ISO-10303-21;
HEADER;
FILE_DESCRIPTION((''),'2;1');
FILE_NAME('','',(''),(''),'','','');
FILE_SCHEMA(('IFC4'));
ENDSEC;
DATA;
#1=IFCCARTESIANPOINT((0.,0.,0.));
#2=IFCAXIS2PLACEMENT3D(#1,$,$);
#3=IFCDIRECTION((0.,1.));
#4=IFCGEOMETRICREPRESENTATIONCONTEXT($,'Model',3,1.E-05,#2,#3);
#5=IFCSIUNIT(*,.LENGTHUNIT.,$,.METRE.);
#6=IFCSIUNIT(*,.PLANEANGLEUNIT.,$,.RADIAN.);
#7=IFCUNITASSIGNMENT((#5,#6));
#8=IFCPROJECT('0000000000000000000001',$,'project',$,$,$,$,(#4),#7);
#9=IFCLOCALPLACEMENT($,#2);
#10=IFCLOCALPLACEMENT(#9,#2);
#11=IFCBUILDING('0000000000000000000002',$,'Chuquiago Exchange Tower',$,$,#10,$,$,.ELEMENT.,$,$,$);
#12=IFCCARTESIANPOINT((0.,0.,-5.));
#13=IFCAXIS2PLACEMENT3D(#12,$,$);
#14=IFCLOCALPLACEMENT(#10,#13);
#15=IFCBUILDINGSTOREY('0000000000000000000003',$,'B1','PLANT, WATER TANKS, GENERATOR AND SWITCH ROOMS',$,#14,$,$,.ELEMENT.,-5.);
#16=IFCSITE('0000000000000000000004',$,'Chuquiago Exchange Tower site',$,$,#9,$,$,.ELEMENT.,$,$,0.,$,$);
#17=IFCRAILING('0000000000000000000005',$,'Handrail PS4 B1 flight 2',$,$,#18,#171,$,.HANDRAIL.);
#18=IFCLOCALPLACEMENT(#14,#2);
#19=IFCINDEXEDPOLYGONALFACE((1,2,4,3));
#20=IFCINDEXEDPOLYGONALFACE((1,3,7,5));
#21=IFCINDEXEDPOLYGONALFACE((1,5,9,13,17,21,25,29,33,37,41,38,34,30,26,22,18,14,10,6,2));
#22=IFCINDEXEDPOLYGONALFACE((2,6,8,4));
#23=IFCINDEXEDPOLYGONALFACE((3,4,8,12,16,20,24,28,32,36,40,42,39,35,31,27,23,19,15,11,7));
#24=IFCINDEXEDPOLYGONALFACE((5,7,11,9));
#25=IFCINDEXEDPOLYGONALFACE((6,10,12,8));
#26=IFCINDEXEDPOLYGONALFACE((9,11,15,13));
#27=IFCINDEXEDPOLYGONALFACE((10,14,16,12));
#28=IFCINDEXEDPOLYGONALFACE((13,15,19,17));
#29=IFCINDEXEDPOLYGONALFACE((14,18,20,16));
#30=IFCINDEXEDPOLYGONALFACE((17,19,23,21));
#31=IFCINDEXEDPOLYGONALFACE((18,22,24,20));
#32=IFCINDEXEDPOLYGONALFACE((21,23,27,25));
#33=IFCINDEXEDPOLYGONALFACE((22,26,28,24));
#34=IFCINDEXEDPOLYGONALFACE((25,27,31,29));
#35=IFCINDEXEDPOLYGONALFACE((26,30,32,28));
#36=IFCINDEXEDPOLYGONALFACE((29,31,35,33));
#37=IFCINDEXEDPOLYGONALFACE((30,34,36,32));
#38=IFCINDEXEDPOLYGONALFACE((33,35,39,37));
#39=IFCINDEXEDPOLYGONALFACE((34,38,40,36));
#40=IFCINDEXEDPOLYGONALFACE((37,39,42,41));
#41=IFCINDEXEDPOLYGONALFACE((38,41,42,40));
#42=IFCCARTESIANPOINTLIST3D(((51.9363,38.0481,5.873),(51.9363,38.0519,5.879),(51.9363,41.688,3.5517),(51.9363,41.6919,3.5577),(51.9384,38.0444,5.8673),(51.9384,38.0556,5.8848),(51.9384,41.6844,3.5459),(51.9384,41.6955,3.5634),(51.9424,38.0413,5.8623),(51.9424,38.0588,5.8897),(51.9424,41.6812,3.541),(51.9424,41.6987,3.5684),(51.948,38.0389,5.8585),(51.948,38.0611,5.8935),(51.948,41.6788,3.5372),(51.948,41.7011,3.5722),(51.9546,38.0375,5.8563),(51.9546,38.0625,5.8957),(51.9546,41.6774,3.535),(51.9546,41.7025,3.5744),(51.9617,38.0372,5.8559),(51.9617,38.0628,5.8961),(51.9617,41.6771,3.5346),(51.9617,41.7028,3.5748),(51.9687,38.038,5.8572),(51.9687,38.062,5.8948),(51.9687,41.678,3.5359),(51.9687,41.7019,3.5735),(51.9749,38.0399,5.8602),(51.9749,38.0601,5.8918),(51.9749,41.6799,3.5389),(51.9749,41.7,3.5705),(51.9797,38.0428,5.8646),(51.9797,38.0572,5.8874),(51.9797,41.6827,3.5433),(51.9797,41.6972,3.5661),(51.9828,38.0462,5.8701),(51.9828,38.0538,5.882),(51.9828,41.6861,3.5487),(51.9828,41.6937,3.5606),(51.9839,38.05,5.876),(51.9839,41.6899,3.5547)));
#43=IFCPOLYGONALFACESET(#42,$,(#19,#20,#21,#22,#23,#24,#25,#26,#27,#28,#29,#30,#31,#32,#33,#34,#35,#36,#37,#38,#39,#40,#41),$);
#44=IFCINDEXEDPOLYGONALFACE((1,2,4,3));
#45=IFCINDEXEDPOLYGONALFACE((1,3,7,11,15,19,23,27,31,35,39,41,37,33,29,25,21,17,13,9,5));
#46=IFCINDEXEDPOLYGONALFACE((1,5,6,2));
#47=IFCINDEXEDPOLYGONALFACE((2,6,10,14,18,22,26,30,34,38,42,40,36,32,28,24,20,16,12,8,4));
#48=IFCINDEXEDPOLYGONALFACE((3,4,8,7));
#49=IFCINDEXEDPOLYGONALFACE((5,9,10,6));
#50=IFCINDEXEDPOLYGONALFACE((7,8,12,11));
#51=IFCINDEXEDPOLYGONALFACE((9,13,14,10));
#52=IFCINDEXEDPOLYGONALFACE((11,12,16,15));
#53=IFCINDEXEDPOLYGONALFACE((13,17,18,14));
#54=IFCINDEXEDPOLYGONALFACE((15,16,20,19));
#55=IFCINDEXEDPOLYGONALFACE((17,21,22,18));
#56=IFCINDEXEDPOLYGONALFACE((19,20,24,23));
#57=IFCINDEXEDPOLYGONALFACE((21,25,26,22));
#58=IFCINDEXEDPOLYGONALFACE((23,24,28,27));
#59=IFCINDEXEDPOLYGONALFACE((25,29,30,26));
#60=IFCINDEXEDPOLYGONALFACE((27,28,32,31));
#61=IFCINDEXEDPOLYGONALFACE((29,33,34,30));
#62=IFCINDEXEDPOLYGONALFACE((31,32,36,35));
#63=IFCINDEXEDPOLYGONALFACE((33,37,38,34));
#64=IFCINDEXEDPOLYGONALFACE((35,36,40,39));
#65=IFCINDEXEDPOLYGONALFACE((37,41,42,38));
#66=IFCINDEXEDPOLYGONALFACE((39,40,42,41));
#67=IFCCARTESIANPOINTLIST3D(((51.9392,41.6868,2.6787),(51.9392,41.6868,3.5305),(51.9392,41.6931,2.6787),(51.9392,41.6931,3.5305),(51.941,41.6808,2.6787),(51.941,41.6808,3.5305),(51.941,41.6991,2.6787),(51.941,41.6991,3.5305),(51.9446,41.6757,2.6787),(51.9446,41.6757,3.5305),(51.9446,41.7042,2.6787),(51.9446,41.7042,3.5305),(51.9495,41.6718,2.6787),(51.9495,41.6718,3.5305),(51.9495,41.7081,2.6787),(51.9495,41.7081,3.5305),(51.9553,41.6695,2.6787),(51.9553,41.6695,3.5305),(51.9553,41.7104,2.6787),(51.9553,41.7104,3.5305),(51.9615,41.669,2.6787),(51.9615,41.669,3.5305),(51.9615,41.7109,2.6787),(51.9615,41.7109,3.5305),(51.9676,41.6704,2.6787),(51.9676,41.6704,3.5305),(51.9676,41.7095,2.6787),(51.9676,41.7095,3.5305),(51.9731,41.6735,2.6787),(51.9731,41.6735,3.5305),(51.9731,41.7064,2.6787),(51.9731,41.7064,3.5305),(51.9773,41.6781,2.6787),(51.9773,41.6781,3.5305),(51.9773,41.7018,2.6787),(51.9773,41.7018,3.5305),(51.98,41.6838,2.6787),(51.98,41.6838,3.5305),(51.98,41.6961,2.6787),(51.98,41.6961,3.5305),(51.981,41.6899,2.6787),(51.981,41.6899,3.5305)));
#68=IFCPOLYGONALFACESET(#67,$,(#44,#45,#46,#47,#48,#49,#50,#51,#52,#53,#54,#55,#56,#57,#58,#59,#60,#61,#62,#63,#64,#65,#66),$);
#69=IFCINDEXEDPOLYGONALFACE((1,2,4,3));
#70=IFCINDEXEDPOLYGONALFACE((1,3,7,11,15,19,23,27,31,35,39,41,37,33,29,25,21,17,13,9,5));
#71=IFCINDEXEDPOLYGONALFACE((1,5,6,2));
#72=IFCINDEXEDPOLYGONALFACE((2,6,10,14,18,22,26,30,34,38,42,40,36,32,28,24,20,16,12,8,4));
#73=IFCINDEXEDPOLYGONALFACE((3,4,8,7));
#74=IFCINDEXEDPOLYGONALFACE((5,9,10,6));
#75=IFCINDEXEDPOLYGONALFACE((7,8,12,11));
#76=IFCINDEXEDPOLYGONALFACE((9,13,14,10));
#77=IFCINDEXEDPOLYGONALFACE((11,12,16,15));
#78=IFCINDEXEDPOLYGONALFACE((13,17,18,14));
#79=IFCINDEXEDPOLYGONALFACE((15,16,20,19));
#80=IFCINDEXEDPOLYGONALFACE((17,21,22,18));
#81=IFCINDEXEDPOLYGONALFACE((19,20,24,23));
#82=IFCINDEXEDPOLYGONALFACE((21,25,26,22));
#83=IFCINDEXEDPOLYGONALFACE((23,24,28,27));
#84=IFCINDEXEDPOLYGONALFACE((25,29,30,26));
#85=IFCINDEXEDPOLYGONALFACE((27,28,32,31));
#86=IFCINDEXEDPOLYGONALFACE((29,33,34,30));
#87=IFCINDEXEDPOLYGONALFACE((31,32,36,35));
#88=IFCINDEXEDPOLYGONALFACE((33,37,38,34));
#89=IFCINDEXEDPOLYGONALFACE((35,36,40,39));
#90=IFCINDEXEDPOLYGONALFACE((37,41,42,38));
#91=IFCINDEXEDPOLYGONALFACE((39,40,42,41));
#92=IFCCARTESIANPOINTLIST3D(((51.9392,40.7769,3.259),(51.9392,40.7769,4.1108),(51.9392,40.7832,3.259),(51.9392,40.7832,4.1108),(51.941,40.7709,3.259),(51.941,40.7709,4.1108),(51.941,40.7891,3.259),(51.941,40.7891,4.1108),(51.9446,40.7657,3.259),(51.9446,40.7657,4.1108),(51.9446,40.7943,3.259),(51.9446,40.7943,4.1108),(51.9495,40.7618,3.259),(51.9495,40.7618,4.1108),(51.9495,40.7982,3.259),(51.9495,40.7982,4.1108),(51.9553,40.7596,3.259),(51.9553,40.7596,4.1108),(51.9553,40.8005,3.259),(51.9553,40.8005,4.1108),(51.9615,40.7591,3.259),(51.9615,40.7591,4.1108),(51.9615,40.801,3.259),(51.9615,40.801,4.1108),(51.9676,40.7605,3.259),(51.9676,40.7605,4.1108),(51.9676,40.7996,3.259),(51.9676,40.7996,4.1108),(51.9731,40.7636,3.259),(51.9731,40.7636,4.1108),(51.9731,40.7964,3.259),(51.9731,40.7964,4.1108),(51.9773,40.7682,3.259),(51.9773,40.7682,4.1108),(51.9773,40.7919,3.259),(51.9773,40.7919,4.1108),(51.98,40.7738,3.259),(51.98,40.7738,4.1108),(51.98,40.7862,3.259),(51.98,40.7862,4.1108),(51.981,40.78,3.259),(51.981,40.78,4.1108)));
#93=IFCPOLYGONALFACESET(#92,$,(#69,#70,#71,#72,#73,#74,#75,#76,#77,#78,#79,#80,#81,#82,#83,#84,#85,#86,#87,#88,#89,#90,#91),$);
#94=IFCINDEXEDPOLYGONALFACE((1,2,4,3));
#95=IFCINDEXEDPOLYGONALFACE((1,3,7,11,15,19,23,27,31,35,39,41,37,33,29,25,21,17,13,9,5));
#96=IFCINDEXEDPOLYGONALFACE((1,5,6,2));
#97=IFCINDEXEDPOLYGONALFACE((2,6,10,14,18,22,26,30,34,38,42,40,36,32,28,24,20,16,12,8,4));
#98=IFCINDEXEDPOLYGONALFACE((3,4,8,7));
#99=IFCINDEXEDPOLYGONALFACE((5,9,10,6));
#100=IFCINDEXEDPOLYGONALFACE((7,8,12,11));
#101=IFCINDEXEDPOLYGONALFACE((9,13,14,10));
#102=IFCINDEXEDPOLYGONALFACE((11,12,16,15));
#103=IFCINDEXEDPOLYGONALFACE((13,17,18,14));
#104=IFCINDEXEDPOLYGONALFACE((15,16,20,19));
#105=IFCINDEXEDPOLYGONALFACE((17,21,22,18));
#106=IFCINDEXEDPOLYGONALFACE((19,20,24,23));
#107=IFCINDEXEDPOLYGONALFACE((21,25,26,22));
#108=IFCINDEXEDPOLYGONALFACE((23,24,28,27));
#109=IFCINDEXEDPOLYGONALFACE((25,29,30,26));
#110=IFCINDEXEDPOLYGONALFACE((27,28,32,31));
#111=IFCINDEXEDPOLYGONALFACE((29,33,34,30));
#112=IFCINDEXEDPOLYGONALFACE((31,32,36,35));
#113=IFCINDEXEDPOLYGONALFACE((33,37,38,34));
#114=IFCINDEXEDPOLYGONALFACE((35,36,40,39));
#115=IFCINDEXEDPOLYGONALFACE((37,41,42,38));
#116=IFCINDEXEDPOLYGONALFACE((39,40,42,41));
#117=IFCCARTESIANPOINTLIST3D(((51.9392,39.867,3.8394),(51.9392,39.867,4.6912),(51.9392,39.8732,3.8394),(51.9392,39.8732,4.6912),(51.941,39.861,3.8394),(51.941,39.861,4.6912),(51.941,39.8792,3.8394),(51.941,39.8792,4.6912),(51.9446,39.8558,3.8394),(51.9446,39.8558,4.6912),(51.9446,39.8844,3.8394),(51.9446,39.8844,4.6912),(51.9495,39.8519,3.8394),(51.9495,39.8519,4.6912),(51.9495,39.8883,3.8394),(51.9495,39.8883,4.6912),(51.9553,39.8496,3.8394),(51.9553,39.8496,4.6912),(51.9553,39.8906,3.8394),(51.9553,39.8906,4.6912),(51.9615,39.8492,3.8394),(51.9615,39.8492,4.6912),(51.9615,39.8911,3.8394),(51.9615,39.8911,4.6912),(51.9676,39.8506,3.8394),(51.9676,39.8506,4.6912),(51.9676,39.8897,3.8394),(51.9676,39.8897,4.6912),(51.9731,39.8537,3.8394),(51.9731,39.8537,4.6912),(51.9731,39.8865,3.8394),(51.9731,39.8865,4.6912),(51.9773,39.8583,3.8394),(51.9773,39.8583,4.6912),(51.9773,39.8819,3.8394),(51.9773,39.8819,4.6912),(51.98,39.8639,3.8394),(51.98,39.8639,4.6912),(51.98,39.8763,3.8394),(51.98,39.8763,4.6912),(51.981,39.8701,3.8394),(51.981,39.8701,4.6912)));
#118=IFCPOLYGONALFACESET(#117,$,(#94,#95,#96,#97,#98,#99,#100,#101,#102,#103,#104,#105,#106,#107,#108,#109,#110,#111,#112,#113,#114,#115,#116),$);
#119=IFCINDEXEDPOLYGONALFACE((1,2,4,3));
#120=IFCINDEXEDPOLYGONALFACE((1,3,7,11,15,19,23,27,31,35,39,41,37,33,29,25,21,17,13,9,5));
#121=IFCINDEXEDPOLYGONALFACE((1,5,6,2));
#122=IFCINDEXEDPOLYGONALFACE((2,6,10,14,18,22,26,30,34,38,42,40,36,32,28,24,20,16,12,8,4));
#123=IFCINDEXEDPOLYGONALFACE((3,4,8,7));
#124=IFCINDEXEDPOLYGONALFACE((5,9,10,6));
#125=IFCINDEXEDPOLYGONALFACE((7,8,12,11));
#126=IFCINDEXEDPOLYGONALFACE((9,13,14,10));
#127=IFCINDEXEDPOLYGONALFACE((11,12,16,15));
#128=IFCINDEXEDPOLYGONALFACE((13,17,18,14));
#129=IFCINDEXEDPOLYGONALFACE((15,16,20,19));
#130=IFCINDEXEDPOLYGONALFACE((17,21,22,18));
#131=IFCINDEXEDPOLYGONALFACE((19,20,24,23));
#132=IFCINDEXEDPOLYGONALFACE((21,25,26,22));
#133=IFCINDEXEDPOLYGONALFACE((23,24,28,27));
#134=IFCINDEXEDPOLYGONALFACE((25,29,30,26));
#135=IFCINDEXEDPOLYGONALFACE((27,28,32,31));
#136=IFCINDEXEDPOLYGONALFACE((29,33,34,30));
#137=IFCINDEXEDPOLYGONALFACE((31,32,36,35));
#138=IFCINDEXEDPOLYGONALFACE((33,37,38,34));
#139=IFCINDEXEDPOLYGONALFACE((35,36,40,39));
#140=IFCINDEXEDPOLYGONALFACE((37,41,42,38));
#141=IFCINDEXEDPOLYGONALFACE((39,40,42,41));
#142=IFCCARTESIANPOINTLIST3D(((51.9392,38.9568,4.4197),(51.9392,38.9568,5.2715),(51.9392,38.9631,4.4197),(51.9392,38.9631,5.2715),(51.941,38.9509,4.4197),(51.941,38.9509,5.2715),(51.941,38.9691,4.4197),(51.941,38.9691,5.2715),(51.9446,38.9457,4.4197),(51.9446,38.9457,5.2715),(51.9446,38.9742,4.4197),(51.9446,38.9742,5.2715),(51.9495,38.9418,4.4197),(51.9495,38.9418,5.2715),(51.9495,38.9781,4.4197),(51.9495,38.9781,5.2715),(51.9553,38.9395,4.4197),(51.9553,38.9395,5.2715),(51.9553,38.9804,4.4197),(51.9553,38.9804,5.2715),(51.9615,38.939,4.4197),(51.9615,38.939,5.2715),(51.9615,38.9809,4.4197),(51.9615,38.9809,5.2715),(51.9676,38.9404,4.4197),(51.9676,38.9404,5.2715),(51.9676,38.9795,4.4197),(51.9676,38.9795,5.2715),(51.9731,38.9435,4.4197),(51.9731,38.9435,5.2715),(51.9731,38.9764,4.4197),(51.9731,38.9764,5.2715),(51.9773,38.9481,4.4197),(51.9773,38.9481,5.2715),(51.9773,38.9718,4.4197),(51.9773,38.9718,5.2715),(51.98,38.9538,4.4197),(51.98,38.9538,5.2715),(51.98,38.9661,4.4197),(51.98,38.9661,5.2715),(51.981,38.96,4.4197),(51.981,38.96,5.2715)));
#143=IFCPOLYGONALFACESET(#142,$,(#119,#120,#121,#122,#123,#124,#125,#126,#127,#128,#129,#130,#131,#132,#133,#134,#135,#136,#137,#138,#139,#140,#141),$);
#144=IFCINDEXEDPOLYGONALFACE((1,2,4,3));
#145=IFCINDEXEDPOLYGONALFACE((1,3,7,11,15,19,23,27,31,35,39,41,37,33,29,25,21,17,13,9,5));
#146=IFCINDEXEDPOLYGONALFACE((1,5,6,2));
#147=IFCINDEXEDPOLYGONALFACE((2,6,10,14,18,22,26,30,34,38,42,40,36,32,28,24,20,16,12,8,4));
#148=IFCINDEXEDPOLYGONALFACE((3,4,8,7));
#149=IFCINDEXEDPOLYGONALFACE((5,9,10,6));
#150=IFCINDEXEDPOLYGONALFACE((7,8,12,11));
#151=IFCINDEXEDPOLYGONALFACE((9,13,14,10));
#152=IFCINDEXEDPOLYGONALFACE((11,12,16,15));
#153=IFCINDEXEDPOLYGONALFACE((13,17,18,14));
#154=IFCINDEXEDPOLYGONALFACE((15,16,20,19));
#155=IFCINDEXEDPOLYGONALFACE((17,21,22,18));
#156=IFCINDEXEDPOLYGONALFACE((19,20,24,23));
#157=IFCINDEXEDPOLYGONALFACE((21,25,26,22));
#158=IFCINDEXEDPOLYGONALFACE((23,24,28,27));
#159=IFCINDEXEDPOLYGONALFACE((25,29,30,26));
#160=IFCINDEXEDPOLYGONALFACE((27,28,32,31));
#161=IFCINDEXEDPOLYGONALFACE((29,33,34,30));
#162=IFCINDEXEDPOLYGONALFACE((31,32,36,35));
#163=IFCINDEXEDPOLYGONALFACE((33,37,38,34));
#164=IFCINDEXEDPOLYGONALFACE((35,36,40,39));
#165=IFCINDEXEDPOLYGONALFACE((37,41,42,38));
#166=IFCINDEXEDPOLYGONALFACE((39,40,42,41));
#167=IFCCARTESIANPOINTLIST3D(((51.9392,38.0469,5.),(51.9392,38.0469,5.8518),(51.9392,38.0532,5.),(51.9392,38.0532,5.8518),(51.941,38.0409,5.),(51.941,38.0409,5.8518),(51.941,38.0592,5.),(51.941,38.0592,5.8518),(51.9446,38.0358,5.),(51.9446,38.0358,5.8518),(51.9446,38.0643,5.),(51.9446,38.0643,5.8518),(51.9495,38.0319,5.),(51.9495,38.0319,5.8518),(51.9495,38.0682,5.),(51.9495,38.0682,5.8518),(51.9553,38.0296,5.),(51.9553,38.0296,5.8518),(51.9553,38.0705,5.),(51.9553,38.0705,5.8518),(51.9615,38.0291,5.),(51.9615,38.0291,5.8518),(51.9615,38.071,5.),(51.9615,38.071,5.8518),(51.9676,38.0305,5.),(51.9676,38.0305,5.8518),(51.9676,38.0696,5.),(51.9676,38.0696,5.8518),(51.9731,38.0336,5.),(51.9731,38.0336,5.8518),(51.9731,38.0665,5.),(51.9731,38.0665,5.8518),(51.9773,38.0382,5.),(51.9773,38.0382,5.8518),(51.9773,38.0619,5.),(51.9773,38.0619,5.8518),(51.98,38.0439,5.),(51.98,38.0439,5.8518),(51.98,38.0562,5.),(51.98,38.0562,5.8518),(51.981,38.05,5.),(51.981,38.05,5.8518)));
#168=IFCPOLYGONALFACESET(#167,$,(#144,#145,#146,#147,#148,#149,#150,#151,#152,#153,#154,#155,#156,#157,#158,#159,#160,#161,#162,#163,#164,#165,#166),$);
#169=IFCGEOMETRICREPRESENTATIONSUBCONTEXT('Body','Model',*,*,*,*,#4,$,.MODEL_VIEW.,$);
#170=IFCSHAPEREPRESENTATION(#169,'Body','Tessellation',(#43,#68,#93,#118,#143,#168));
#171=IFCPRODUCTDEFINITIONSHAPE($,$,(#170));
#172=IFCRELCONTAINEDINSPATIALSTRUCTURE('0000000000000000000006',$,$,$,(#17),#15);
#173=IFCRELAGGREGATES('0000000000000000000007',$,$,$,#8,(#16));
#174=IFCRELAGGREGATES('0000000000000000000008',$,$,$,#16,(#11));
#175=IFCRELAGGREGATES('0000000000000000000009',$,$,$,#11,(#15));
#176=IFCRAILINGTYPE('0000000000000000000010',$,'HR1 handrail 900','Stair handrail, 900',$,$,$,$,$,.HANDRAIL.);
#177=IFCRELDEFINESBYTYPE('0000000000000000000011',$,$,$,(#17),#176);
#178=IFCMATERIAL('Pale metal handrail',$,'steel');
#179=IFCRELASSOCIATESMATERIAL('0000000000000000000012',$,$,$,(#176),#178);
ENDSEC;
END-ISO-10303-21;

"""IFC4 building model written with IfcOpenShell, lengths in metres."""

from ifc_helpers import new_model, si_unit, direction, frame, origin, origin_2d, place, context, subcontext, project, spatial, circle, extrude, material, type_object, element, save


model = new_model("IFC4")

# Units and contexts
model_context = context("Model", 3, precision=1e-05, world=origin(), true_north=direction((0.0, 1.0)))
body_context = subcontext(model_context, "Body", "Model", "MODEL_VIEW")
ifc_project = project(units=[si_unit("LENGTHUNIT", "METRE"), si_unit("PLANEANGLEUNIT", "RADIAN")], contexts=[model_context])

# Site, building, storey
site_placement = place(None, origin())
site = spatial("IfcSite", under=ifc_project, at=site_placement, Name="Chuquiago Exchange Tower site", CompositionType="ELEMENT", RefElevation=0.0)
building_placement = place(site_placement, origin())
building = spatial("IfcBuilding", under=site, at=building_placement, Name="Chuquiago Exchange Tower", CompositionType="ELEMENT")
storey_placement = place(building_placement, frame((0.0, 0.0, -5.0)))
storey = spatial("IfcBuildingStorey", under=building, at=storey_placement, Name="B1", Description="PLANT, WATER TANKS, GENERATOR AND SWITCH ROOMS", CompositionType="ELEMENT", Elevation=-5.0)

# Railing
ifc_material_1 = material(Name="Pale metal handrail", Category="steel")
railing_type = type_object("IfcRailingType", Name="HR1 handrail 900", Description="Stair handrail, 900", PredefinedType="HANDRAIL", material=ifc_material_1)
for number, where, name in (
    (1, (51.96, 41.6899, 2.6787), "Handrail PS4 B1 flight 2"),
):
    element("IfcRailing", number, at=place(storey_placement, frame(where)), inside=storey, type_object=railing_type, Name=name, PredefinedType="HANDRAIL", context=body_context, shape_type="SweptSolid", body=[
        extrude(circle(Radius=0.0239, at=origin_2d()), frame((0.0, 0.0, 0.876), z_axis=(0.0, -0.843137, 0.537699), x_axis=(1.0, 0.0, 0.0)), (0.0, 0.0, 1.0), 4.3171),
        extrude(circle(Radius=0.021, at=origin_2d()), origin(), (0.0, 0.0, 1.0), 0.8518),
        extrude(circle(Radius=0.021, at=origin_2d()), frame((0.0, -0.9099, 0.5803)), (0.0, 0.0, 1.0), 0.8518),
        extrude(circle(Radius=0.021, at=origin_2d()), frame((0.0, -1.8198, 1.1606)), (0.0, 0.0, 1.0), 0.8518),
        extrude(circle(Radius=0.021, at=origin_2d()), frame((0.0, -2.73, 1.741)), (0.0, 0.0, 1.0), 0.8518),
        extrude(circle(Radius=0.021, at=origin_2d()), frame((0.0, -3.6399, 2.3213)), (0.0, 0.0, 1.0), 0.8518),
    ])

save(model, "model.ifc")
